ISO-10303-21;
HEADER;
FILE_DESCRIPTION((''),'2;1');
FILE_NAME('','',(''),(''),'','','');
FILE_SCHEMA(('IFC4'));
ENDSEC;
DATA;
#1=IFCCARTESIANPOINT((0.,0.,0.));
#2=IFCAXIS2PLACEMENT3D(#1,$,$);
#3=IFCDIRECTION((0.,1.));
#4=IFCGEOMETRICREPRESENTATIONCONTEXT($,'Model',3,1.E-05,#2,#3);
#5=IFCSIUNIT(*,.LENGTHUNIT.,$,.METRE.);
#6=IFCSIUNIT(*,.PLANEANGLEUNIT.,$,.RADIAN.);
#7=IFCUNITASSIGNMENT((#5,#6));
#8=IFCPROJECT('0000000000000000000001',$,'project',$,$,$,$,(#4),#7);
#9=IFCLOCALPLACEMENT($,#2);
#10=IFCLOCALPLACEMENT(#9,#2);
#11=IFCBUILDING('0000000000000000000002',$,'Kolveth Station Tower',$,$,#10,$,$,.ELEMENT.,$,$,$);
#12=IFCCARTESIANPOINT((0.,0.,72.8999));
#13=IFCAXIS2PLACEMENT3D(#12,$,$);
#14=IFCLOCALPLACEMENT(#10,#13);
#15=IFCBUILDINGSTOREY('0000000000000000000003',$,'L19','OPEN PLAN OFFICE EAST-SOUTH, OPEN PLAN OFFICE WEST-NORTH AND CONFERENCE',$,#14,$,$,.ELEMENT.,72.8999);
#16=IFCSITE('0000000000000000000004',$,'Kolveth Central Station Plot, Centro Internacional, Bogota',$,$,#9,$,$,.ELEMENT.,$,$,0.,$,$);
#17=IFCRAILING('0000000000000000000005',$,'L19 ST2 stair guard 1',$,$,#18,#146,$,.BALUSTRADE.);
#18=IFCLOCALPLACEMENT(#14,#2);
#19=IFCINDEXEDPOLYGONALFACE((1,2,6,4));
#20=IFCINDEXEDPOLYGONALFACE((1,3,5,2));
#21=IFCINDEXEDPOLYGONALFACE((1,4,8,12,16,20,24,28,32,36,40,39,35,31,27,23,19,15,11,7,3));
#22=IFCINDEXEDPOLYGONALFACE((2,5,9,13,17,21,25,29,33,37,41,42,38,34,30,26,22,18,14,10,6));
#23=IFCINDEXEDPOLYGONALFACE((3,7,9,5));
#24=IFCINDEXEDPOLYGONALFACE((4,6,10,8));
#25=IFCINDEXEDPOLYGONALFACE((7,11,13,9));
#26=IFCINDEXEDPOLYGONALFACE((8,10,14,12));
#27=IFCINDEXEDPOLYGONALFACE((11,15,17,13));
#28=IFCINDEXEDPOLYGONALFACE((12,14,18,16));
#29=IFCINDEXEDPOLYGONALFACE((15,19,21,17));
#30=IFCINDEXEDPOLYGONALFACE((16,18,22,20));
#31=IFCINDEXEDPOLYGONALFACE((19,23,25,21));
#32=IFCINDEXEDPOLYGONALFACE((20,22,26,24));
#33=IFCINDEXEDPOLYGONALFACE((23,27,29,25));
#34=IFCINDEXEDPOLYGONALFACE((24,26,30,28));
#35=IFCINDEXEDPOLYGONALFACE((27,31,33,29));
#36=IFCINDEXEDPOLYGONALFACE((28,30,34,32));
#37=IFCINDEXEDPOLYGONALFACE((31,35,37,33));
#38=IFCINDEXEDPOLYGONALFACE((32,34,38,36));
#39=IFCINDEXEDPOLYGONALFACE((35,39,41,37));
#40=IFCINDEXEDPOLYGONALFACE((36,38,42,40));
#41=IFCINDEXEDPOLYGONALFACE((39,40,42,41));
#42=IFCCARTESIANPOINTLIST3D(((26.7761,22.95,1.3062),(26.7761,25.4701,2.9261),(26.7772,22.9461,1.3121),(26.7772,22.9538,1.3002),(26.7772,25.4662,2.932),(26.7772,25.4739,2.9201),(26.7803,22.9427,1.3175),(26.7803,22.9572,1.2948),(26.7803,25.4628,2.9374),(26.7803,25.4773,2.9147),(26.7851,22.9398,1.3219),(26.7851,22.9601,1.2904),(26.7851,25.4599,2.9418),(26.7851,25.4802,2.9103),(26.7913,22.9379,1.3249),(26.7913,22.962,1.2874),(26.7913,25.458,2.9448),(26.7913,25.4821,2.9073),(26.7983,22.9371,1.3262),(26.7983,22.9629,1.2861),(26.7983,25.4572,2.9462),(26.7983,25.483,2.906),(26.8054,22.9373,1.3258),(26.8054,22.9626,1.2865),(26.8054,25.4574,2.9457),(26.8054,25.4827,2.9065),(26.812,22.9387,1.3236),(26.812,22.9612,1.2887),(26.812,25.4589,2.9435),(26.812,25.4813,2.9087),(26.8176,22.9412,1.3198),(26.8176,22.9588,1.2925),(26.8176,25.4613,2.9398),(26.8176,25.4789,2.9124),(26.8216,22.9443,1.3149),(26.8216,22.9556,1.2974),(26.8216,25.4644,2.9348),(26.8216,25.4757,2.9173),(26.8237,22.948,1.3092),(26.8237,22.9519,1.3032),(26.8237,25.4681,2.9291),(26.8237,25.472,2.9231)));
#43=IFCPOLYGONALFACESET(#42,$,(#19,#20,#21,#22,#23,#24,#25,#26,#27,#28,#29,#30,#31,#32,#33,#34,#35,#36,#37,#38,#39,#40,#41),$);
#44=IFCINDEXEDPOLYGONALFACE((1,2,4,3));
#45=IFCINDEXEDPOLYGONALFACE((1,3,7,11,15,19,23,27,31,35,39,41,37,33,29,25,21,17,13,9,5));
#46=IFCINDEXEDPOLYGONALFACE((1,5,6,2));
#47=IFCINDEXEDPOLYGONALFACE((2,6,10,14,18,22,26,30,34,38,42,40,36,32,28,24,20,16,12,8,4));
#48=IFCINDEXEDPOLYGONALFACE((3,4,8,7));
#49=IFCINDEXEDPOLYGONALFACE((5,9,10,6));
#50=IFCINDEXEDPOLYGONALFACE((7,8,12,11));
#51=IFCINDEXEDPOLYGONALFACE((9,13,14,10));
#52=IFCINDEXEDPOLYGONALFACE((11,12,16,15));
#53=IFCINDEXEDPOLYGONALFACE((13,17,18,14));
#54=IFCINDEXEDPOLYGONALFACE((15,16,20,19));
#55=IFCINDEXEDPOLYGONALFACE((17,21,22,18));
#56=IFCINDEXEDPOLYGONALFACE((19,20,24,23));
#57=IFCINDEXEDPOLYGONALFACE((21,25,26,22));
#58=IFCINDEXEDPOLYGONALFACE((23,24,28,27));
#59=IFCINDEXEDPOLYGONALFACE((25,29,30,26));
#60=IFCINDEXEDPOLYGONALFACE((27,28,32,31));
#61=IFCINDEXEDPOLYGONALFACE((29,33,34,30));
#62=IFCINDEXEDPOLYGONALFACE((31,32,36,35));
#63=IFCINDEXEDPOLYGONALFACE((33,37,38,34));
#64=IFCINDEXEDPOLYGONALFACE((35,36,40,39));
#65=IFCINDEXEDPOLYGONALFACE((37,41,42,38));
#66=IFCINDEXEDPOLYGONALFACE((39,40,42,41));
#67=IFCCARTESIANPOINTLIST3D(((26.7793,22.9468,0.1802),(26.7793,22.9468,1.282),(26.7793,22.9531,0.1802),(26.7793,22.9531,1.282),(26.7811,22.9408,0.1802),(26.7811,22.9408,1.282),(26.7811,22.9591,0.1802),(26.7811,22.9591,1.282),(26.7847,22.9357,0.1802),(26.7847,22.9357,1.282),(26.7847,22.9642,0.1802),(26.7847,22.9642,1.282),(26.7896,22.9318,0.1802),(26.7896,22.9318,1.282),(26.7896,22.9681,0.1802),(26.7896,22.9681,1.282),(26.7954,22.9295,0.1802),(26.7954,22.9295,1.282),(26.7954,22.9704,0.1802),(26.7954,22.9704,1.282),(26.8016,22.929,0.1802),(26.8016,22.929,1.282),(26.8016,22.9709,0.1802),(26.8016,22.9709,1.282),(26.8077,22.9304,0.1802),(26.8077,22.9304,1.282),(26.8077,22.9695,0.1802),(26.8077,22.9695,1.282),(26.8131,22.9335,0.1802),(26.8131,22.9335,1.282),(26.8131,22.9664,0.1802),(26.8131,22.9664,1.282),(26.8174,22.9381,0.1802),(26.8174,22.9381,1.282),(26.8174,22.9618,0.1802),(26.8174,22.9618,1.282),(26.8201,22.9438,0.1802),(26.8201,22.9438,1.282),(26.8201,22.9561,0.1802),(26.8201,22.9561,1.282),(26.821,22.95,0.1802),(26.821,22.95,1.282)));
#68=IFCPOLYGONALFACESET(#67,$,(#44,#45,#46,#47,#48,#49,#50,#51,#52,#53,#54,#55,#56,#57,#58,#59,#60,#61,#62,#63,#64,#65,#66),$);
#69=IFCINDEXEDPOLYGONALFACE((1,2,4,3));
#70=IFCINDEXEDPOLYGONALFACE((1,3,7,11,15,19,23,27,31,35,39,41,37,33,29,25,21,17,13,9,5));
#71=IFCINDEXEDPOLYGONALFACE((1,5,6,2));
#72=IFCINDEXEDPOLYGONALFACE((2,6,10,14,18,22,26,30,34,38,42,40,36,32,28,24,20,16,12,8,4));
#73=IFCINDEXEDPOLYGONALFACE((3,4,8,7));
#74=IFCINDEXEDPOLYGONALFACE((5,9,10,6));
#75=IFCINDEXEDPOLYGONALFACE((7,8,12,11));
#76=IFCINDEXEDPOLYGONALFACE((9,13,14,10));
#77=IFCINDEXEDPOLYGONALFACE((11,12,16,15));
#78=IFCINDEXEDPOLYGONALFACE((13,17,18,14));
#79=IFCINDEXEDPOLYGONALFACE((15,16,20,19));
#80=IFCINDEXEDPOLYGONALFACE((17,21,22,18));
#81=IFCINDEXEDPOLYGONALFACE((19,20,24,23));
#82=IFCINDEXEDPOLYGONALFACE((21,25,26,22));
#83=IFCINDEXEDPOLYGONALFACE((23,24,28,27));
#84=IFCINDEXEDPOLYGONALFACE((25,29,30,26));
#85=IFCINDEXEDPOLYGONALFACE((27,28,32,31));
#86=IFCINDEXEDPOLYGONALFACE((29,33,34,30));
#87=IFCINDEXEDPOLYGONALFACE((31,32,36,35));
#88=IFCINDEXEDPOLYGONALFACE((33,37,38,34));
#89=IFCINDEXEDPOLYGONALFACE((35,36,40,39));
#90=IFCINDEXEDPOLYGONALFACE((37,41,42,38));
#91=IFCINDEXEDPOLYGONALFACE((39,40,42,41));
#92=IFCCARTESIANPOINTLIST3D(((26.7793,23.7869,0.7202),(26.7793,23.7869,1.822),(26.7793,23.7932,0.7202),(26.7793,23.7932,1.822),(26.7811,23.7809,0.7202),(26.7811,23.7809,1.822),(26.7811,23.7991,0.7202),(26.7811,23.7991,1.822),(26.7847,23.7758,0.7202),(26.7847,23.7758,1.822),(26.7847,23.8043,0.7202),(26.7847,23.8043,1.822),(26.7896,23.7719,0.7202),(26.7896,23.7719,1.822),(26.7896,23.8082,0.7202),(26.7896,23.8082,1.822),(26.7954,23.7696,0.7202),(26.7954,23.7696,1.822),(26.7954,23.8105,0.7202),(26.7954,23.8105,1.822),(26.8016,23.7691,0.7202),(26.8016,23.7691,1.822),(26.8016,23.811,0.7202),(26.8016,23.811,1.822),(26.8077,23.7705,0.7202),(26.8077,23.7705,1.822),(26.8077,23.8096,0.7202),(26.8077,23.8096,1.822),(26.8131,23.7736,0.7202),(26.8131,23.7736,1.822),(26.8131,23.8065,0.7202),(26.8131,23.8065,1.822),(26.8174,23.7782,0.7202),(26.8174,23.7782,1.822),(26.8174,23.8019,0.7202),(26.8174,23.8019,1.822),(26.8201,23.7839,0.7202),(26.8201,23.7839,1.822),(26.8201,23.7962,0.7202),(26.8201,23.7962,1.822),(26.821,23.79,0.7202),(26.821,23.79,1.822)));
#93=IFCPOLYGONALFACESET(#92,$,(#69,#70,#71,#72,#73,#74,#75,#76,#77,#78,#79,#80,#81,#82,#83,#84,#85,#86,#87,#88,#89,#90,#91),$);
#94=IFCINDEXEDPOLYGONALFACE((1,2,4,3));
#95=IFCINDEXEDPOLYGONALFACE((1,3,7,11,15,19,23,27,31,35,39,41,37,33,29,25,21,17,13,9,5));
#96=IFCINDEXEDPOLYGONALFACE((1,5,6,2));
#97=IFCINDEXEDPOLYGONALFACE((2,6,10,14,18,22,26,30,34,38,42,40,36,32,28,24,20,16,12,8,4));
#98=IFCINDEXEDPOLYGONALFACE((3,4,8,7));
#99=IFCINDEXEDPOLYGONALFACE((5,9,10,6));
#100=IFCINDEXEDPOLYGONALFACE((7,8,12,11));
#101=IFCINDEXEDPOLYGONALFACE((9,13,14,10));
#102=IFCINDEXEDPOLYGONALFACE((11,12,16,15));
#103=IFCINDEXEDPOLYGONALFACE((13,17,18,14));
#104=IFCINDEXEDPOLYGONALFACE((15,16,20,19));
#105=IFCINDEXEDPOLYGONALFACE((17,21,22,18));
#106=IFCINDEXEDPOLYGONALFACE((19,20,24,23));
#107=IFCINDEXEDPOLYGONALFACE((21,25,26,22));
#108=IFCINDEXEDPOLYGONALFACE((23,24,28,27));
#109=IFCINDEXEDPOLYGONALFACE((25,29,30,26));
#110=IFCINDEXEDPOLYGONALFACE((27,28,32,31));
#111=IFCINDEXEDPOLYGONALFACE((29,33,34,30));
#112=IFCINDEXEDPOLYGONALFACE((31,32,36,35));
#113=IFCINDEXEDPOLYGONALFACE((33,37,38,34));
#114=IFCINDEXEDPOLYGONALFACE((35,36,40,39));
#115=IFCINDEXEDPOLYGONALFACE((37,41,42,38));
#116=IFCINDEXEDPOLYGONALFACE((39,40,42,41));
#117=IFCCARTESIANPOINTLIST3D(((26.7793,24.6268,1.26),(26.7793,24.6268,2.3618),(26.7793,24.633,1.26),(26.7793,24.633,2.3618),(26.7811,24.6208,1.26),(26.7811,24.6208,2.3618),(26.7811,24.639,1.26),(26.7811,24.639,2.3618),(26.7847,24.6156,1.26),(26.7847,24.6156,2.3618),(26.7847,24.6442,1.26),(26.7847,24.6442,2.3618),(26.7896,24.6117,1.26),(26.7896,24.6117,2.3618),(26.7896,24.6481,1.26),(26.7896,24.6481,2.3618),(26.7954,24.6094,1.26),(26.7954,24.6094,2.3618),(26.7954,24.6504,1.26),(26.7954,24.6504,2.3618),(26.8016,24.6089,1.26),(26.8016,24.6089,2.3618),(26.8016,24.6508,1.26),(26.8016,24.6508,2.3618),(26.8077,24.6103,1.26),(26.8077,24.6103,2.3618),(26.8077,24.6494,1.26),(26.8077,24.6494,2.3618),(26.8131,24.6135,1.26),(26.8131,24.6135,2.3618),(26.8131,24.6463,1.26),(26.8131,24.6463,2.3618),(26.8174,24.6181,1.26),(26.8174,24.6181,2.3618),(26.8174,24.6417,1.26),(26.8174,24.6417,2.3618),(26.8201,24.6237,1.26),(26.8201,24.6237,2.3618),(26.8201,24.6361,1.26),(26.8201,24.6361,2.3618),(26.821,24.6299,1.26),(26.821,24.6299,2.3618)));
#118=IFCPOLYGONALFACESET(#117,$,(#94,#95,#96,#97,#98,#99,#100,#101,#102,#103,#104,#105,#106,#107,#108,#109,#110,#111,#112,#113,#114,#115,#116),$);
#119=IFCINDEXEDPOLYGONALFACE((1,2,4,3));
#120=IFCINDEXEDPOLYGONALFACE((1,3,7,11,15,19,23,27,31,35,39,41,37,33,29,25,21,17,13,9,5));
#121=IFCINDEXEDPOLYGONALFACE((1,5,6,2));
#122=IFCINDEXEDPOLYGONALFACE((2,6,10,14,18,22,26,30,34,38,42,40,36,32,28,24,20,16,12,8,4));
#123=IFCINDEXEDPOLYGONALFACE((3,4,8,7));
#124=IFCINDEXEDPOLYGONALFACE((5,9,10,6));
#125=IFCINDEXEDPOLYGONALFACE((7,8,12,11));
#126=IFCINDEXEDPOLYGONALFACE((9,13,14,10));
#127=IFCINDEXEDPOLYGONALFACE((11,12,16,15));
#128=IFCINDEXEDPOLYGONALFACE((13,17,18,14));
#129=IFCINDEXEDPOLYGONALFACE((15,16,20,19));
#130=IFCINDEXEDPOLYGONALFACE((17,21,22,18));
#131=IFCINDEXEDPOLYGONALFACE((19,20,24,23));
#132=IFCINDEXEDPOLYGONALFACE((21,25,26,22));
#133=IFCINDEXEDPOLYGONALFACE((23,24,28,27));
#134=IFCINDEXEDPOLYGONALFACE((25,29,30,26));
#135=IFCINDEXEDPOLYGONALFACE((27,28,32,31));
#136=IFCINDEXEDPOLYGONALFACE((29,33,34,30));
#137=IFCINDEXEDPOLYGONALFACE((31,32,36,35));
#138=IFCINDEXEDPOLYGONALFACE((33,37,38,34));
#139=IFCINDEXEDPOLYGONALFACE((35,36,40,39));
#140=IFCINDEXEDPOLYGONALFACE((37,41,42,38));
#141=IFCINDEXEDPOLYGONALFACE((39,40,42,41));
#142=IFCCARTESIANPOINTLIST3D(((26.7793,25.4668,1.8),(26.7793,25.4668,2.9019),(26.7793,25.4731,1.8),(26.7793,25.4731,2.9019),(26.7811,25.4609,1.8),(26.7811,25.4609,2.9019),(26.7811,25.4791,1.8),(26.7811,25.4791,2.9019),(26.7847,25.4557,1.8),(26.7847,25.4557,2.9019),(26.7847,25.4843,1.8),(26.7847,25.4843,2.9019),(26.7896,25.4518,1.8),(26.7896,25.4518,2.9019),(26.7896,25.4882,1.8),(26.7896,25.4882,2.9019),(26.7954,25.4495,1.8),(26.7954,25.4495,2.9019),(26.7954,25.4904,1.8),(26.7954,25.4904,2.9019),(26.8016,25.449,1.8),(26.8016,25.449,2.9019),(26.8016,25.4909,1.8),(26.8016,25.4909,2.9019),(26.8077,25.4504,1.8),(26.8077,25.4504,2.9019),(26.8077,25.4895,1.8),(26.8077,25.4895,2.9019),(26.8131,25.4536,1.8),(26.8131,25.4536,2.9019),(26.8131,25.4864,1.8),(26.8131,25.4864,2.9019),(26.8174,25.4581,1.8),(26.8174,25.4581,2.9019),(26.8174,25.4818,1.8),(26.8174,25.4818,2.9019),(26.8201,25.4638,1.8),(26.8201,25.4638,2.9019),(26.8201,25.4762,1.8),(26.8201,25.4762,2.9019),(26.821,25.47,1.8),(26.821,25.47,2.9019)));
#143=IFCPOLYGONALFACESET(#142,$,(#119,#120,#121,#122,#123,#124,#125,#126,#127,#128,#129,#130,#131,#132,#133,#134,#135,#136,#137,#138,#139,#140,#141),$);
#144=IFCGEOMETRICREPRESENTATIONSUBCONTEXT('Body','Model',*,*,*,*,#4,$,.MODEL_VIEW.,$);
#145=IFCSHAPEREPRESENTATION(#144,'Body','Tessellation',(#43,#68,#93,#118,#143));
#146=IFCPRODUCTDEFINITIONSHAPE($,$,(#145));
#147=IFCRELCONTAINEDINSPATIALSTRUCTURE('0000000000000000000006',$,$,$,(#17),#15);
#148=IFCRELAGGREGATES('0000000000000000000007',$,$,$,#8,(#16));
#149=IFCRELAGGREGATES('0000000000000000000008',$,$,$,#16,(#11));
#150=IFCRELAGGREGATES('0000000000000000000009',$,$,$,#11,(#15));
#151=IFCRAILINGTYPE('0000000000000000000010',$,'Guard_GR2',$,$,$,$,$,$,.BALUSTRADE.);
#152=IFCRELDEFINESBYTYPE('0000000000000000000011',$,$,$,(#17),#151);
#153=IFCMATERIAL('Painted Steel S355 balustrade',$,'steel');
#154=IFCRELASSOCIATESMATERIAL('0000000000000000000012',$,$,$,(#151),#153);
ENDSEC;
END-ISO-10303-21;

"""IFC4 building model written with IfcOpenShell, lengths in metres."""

from ifc_helpers import new_model, si_unit, direction, frame, origin, origin_2d, place, context, subcontext, project, spatial, circle, extrude, material, type_object, element, save


model = new_model("IFC4")

# Units and contexts
model_context = context("Model", 3, precision=1e-05, world=origin(), true_north=direction((0.0, 1.0)))
body_context = subcontext(model_context, "Body", "Model", "MODEL_VIEW")
ifc_project = project(units=[si_unit("LENGTHUNIT", "METRE"), si_unit("PLANEANGLEUNIT", "RADIAN")], contexts=[model_context])

# Site, building, storey
site_placement = place(None, origin())
site = spatial("IfcSite", under=ifc_project, at=site_placement, Name="Kolveth Central Station Plot, Centro Internacional, Bogota", CompositionType="ELEMENT", RefElevation=0.0)
building_placement = place(site_placement, origin())
building = spatial("IfcBuilding", under=site, at=building_placement, Name="Kolveth Station Tower", CompositionType="ELEMENT")
storey_placement = place(building_placement, frame((0.0, 0.0, 72.8999)))
storey = spatial("IfcBuildingStorey", under=building, at=storey_placement, Name="L19", Description="OPEN PLAN OFFICE EAST-SOUTH, OPEN PLAN OFFICE WEST-NORTH AND CONFERENCE", CompositionType="ELEMENT", Elevation=72.8999)

# Railing
ifc_material_1 = material(Name="Painted Steel S355 balustrade", Category="steel")
railing_type_1 = type_object("IfcRailingType", Name="Guard_GR2", PredefinedType="BALUSTRADE", material=ifc_material_1)
railing_1_placement = place(storey_placement, frame((26.8, 22.95, 0.1802)))
element("IfcRailing", 1, at=railing_1_placement, inside=storey, type_object=railing_type_1, Name="L19 ST2 stair guard 1", PredefinedType="BALUSTRADE", context=body_context, shape_type="SweptSolid", body=[
    extrude(circle(Radius=0.0239, at=origin_2d()), frame((0.0, 0.0, 1.126), z_axis=(0.0, 0.8412, 0.540725), x_axis=(-1.0, 0.0, 0.0)), (0.0, 0.0, 1.0), 2.9958),
    extrude(circle(Radius=0.021, at=origin_2d()), origin(), (0.0, 0.0, 1.0), 1.1018),
    extrude(circle(Radius=0.021, at=origin_2d()), frame((0.0, 0.8401, 0.54)), (0.0, 0.0, 1.0), 1.1018),
    extrude(circle(Radius=0.021, at=origin_2d()), frame((0.0, 1.6799, 1.0798)), (0.0, 0.0, 1.0), 1.1018),
    extrude(circle(Radius=0.021, at=origin_2d()), frame((0.0, 2.52, 1.6199)), (0.0, 0.0, 1.0), 1.1018),
])

save(model, "model.ifc")
